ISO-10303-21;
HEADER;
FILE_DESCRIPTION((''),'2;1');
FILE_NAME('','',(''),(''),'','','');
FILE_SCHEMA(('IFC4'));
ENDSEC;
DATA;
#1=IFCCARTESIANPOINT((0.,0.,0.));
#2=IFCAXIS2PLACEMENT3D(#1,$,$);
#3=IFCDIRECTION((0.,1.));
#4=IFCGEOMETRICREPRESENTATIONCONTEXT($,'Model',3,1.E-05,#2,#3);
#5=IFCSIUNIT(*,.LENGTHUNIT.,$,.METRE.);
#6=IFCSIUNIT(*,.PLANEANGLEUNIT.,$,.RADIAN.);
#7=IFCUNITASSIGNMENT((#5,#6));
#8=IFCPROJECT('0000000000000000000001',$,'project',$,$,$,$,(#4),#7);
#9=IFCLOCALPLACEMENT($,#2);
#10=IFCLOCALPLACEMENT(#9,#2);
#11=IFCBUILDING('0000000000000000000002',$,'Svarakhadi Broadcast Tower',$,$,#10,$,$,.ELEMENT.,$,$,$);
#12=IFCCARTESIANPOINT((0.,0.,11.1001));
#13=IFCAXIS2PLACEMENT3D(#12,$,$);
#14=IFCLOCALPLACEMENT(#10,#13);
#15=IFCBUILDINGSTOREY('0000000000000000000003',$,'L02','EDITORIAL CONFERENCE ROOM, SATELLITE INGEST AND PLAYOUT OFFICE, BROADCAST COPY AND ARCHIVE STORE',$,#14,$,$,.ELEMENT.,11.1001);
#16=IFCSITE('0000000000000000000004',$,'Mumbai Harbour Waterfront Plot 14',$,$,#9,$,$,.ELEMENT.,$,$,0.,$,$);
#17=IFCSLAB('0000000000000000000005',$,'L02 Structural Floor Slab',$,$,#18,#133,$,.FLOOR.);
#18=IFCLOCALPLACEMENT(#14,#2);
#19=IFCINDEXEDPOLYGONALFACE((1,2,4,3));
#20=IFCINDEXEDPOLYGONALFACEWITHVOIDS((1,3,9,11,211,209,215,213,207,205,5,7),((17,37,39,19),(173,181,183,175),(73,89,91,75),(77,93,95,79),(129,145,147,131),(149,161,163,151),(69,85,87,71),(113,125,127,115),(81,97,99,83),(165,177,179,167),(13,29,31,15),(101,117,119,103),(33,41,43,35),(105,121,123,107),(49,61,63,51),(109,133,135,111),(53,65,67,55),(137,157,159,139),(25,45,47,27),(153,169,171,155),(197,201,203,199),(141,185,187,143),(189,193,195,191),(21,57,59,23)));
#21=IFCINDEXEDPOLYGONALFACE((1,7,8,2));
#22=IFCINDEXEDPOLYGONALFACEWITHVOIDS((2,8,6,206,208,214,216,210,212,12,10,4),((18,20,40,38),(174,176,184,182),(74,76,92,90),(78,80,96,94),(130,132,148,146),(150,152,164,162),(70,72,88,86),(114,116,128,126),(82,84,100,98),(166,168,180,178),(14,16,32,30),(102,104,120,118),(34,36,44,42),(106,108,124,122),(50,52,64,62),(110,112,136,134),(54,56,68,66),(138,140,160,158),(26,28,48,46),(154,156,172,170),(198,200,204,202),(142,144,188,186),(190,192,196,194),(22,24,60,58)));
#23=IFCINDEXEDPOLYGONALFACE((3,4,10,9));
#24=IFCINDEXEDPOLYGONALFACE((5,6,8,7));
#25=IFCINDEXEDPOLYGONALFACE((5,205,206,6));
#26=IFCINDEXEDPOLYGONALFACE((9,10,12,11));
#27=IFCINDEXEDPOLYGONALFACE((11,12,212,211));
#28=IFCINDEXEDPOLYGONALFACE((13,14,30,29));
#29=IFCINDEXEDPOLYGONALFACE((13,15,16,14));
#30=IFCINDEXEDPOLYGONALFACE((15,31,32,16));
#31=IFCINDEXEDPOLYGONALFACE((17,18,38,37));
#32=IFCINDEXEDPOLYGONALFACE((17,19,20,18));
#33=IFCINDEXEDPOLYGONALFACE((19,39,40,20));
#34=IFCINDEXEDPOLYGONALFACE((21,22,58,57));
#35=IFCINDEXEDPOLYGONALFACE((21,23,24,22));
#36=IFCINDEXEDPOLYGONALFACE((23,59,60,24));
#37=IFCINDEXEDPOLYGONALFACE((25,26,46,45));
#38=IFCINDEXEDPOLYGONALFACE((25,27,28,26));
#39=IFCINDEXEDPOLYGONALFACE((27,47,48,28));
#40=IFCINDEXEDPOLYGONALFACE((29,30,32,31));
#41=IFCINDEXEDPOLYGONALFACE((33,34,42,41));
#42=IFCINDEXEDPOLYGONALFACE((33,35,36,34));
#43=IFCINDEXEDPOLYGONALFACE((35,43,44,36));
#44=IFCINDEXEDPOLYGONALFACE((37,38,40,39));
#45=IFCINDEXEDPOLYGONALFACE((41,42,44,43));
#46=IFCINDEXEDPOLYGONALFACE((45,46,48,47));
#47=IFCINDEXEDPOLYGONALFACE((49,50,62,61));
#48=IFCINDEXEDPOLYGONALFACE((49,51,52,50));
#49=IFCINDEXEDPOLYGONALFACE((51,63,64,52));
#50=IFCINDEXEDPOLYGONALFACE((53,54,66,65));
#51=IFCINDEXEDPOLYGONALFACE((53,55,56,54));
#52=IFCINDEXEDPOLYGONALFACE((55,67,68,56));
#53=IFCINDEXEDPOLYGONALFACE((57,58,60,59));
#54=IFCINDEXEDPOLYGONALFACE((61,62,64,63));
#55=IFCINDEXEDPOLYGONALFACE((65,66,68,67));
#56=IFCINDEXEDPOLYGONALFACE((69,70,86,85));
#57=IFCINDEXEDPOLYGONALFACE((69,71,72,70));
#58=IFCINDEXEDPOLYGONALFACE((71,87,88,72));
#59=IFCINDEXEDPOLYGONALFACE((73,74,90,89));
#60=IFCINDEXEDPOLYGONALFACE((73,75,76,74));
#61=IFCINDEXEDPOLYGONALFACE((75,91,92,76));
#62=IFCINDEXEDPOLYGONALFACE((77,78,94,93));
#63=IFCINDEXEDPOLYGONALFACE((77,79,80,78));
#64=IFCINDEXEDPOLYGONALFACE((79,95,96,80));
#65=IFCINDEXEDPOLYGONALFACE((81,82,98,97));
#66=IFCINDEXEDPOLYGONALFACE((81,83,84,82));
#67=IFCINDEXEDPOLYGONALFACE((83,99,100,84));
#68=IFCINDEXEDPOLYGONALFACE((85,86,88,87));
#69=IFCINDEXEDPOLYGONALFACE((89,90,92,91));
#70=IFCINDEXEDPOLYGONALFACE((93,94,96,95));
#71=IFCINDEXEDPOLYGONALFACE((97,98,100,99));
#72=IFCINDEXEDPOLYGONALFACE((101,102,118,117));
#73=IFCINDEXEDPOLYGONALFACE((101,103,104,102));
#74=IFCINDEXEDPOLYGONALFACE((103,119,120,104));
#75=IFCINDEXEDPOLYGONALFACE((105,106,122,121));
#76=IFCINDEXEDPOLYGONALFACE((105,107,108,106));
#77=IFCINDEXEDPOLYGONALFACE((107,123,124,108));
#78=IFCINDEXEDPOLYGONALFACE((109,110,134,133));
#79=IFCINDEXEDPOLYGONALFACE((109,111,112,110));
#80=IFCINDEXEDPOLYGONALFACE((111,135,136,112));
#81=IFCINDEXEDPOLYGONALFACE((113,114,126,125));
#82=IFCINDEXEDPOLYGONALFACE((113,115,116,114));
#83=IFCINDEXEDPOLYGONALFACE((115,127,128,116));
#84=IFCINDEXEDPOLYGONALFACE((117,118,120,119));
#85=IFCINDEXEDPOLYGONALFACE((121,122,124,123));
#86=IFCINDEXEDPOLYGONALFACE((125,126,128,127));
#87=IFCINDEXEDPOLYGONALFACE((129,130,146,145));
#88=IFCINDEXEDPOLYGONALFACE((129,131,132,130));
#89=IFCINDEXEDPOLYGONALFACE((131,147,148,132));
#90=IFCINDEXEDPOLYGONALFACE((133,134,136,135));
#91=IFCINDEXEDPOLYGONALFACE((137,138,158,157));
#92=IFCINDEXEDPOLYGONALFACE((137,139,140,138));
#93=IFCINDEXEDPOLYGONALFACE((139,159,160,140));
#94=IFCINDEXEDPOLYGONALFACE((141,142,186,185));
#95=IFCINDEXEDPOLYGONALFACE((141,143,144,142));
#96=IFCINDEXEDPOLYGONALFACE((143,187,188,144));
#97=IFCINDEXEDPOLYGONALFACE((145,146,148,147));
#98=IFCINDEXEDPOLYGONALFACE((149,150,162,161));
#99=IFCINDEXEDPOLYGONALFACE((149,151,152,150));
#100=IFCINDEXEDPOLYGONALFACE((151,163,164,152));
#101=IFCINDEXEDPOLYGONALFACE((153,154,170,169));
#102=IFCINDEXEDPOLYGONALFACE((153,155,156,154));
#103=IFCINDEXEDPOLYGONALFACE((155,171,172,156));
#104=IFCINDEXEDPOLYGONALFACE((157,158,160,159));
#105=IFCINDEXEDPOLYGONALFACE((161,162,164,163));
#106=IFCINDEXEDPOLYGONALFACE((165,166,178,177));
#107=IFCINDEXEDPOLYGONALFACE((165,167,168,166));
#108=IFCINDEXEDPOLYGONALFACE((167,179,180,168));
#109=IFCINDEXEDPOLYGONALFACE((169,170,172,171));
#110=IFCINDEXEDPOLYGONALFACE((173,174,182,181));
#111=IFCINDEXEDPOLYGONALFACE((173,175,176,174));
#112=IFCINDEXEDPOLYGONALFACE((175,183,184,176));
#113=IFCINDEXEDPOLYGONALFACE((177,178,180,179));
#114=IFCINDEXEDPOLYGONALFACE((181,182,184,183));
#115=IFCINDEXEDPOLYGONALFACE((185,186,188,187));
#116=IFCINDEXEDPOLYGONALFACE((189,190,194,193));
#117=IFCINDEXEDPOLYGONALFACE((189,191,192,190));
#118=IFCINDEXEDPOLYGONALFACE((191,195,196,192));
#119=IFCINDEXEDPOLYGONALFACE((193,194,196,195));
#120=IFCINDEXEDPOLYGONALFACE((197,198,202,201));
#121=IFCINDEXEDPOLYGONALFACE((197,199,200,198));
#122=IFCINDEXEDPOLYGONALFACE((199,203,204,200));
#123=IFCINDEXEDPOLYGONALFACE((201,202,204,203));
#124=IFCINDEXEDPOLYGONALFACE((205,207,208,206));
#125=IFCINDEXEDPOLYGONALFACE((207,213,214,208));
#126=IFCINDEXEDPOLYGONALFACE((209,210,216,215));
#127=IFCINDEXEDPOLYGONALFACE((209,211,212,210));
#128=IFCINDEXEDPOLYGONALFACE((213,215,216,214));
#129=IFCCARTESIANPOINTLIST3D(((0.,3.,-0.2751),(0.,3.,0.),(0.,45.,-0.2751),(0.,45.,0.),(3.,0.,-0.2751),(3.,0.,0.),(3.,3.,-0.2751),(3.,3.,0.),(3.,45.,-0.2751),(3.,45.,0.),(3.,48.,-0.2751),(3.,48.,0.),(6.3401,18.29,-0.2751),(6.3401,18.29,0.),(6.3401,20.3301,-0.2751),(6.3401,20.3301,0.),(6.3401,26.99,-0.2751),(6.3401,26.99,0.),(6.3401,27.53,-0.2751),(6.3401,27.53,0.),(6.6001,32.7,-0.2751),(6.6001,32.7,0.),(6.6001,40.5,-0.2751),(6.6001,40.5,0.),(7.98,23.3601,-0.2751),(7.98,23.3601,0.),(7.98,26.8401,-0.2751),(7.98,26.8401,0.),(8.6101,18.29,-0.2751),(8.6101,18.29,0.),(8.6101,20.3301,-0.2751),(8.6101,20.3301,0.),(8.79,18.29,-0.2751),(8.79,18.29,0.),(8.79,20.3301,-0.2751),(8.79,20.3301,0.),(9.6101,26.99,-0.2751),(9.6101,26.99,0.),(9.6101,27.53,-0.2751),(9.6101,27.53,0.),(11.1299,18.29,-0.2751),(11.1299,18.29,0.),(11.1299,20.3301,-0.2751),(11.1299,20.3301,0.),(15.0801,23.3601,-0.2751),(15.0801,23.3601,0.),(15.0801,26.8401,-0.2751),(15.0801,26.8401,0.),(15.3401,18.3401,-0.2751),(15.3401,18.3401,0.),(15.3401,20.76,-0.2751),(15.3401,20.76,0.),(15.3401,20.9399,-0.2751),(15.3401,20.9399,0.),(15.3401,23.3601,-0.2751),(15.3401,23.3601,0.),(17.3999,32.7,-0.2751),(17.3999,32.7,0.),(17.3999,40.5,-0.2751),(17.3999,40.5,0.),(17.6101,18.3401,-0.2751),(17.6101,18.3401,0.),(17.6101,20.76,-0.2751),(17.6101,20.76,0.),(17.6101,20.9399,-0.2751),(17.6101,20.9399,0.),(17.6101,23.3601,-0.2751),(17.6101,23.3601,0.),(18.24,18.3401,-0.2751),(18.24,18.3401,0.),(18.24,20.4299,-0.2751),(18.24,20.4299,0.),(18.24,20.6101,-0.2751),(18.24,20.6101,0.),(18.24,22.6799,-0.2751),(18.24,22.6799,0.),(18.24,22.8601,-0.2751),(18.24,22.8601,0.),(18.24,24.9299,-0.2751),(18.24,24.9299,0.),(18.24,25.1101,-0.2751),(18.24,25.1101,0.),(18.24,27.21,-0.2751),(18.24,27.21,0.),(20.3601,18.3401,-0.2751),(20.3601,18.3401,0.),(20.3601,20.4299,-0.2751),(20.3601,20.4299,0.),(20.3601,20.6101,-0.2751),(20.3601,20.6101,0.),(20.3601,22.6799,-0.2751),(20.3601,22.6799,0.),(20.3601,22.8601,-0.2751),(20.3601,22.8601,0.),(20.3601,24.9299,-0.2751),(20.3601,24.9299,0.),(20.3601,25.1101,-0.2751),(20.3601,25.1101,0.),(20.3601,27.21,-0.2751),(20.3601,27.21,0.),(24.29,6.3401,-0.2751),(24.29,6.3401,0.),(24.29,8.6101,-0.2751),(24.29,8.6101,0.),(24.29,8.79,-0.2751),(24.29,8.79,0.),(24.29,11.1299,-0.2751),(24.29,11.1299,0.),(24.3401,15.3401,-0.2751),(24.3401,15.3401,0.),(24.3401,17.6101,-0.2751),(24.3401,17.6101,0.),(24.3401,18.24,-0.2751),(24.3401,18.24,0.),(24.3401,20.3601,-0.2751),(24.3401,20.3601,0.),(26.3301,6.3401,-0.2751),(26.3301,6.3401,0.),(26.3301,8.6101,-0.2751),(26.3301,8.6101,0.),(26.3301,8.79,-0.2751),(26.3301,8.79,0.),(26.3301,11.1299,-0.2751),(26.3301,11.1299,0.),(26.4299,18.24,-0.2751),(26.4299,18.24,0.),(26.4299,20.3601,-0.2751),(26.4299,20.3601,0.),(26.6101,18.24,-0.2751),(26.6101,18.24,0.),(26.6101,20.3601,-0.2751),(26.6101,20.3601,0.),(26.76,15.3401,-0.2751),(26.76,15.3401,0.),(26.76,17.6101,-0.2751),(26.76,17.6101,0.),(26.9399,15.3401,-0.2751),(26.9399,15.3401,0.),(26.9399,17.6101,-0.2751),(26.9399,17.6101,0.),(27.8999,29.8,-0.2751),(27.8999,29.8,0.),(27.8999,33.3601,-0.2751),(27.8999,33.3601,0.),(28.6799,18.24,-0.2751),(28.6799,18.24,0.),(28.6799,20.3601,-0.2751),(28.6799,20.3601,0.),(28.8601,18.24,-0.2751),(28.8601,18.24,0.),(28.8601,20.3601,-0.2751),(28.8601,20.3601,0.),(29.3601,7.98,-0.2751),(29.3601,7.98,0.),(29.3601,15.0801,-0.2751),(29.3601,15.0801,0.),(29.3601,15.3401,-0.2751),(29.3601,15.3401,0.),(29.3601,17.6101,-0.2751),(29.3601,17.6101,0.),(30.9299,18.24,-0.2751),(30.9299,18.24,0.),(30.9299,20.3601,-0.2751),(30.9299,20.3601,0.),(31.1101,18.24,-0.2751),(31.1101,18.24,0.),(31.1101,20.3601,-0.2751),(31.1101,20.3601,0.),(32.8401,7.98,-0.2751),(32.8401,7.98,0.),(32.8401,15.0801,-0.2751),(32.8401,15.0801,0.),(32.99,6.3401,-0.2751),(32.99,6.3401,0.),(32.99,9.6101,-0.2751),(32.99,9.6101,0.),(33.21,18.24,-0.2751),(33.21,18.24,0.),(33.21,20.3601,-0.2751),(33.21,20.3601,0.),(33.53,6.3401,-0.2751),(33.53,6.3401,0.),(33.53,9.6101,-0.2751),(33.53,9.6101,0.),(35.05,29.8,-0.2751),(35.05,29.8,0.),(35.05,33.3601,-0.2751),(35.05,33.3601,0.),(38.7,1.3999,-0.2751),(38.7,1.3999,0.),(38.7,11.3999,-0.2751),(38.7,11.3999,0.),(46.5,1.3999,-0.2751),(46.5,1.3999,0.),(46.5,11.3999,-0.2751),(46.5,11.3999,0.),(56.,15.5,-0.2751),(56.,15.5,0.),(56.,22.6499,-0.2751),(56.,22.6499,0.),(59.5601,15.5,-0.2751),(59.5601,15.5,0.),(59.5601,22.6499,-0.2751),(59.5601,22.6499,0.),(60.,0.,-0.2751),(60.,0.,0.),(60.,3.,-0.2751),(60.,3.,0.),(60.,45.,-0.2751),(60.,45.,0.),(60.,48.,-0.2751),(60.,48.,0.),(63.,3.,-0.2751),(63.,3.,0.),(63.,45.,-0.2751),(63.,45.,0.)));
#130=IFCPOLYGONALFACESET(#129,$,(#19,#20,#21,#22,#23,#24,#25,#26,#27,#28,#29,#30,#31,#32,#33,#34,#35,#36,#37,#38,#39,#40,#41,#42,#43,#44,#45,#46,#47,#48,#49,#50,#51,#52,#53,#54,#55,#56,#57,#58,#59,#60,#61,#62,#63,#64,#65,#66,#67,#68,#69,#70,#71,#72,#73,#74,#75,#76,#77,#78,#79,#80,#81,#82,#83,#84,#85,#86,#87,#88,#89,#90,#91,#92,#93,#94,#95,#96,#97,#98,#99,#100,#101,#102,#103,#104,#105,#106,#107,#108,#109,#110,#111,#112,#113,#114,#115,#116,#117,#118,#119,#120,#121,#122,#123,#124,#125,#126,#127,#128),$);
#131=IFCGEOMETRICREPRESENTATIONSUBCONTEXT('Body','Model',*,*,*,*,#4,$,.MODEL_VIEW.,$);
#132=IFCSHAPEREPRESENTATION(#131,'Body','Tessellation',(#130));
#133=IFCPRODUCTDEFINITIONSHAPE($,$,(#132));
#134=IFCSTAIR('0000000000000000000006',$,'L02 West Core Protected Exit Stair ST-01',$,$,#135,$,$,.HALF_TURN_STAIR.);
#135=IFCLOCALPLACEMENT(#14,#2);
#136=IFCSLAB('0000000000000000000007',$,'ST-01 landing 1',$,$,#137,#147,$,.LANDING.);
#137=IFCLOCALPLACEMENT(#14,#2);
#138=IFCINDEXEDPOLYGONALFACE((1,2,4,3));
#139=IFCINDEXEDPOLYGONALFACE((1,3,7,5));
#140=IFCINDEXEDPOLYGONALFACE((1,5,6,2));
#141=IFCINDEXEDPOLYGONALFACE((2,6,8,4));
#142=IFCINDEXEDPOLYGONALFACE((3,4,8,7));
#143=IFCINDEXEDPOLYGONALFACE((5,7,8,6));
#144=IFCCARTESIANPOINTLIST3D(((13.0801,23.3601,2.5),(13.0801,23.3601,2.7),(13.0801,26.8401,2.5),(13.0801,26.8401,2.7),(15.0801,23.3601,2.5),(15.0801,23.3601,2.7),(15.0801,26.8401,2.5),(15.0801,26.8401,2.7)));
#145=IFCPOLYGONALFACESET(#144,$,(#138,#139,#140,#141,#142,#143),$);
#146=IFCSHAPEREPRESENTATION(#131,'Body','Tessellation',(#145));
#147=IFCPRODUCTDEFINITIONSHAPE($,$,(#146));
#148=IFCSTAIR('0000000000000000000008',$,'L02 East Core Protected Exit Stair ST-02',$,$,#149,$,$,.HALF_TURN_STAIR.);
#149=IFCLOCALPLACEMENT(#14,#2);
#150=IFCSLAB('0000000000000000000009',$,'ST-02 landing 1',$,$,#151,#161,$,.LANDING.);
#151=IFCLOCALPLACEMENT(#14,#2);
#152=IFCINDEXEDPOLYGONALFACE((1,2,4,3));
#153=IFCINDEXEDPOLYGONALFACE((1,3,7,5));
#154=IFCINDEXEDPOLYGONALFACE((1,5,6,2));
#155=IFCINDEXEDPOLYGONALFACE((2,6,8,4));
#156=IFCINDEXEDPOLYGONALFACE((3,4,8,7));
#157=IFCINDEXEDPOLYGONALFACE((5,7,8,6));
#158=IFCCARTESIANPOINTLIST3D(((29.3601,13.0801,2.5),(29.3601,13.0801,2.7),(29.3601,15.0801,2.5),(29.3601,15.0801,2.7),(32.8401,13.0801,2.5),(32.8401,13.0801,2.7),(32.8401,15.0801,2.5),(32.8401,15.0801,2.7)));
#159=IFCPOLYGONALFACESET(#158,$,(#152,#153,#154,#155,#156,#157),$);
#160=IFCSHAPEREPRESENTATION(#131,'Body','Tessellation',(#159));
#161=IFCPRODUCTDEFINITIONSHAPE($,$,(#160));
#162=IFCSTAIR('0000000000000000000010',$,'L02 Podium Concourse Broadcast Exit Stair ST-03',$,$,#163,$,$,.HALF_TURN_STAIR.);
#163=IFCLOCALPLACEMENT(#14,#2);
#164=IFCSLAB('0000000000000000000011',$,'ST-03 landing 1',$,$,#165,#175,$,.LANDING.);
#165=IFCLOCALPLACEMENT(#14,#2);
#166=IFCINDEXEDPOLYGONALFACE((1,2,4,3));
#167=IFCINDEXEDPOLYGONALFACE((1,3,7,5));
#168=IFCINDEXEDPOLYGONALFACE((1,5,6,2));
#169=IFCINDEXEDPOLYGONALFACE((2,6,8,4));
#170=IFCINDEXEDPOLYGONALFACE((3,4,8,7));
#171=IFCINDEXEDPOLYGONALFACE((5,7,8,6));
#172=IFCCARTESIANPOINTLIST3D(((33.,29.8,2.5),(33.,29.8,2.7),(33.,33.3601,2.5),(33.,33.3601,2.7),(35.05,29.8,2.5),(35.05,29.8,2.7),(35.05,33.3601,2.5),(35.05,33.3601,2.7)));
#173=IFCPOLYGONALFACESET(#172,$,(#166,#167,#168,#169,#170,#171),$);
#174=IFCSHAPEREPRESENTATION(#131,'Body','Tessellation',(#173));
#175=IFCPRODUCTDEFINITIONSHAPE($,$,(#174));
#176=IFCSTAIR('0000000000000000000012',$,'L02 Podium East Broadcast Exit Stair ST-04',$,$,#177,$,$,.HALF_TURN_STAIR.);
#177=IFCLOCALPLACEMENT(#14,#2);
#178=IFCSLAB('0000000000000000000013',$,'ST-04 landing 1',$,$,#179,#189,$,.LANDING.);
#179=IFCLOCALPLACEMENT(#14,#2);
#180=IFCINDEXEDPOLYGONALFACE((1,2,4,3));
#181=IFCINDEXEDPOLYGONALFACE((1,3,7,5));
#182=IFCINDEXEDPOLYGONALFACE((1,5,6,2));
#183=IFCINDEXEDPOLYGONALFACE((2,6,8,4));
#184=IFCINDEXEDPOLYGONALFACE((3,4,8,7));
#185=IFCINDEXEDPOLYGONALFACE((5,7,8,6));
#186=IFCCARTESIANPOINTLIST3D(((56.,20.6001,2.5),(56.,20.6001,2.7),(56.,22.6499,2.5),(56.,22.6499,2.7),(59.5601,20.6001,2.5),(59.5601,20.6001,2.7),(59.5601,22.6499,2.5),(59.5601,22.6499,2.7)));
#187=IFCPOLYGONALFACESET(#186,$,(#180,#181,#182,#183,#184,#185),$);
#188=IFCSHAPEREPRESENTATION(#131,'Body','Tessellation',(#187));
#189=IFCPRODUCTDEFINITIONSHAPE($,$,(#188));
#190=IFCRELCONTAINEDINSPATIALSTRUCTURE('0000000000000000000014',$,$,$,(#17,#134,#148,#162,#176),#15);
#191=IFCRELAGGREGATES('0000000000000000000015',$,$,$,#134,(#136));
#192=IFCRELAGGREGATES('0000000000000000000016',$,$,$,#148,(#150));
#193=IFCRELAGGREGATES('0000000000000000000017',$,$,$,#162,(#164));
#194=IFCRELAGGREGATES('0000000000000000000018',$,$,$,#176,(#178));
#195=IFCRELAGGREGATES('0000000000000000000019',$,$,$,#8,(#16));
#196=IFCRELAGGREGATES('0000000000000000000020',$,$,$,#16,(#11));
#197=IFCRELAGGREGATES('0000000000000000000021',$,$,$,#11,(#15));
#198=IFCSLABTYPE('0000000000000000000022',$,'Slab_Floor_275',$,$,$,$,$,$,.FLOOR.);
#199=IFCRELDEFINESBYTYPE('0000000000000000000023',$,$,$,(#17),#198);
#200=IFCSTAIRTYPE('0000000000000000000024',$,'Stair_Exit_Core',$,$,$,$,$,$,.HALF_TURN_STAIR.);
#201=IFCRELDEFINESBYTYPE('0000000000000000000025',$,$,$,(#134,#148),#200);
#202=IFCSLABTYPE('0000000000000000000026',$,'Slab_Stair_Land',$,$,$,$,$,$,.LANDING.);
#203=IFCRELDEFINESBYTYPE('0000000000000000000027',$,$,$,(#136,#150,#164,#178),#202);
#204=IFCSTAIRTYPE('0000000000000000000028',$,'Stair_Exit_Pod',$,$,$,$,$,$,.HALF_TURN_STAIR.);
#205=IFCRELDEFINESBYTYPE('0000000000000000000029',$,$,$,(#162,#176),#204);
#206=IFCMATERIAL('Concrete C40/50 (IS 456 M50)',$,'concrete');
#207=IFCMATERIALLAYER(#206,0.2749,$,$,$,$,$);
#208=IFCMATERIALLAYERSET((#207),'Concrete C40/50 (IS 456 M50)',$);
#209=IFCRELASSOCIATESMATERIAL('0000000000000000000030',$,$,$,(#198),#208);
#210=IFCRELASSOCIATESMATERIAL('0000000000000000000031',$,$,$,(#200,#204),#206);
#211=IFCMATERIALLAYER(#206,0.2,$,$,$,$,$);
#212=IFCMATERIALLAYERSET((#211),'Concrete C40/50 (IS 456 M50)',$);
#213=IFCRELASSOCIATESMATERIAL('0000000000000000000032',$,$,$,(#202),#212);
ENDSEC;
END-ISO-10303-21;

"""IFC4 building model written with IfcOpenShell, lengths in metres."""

from ifc_helpers import new_model, si_unit, direction, frame, origin, place, context, subcontext, project, spatial, polyline, outline, extrude, material, layer, layer_set, type_object, element, aggregate, save


model = new_model("IFC4")

# Units and contexts
model_context = context("Model", 3, precision=1e-05, world=origin(), true_north=direction((0.0, 1.0)))
body_context = subcontext(model_context, "Body", "Model", "MODEL_VIEW")
ifc_project = project(units=[si_unit("LENGTHUNIT", "METRE"), si_unit("PLANEANGLEUNIT", "RADIAN")], contexts=[model_context])

# Site, building, storey
site_placement = place(None, origin())
site = spatial("IfcSite", under=ifc_project, at=site_placement, Name="Mumbai Harbour Waterfront Plot 14", CompositionType="ELEMENT", RefElevation=0.0)
building_placement = place(site_placement, origin())
building = spatial("IfcBuilding", under=site, at=building_placement, Name="Svarakhadi Broadcast Tower", CompositionType="ELEMENT")
storey_placement = place(building_placement, frame((0.0, 0.0, 11.1001)))
storey = spatial("IfcBuildingStorey", under=building, at=storey_placement, Name="L02", Description="EDITORIAL CONFERENCE ROOM, SATELLITE INGEST AND PLAYOUT OFFICE, BROADCAST COPY AND ARCHIVE STORE", CompositionType="ELEMENT", Elevation=11.1001)

# Slab
ifc_material_1 = material(Name="Concrete C40/50 (IS 456 M50)", Category="concrete")
ifc_layer_1 = layer(ifc_material_1, 0.2749)
ifc_layer_set_1 = layer_set([ifc_layer_1], Name="Concrete C40/50 (IS 456 M50)")
slab_type_1 = type_object("IfcSlabType", Name="Slab_Floor_275", PredefinedType="FLOOR", material=ifc_layer_set_1)
slab_1_placement = place(storey_placement, frame((0.0, 0.0, -0.2751)))
element("IfcSlab", 1, at=slab_1_placement, inside=storey, type_object=slab_type_1, Name="L02 Structural Floor Slab", PredefinedType="FLOOR", context=body_context, shape_type="SweptSolid", body=[
    extrude(outline(polyline([(3.0, 0.0), (60.0, 0.0), (60.0, 3.0), (63.0, 3.0), (63.0, 45.0), (60.0, 45.0), (60.0, 48.0), (3.0, 48.0), (3.0, 45.0), (0.0, 45.0), (0.0, 3.0), (3.0, 3.0), (3.0, 0.0)]), holes=[polyline([(7.98, 23.3601), (15.0801, 23.3601), (15.0801, 26.8401), (7.98, 26.8401), (7.98, 23.3601)]), polyline([(32.8401, 7.98), (32.8401, 15.0801), (29.3601, 15.0801), (29.3601, 7.98), (32.8401, 7.98)]), polyline([(27.8999, 29.8), (35.05, 29.8), (35.05, 33.3601), (27.8999, 33.3601), (27.8999, 29.8)]), polyline([(59.5601, 15.5), (59.5601, 22.6499), (56.0, 22.6499), (56.0, 15.5), (59.5601, 15.5)]), polyline([(6.3401, 18.29), (8.6101, 18.29), (8.6101, 20.3301), (6.3401, 20.3301), (6.3401, 18.29)]), polyline([(8.79, 18.29), (11.1299, 18.29), (11.1299, 20.3301), (8.79, 20.3301), (8.79, 18.29)]), polyline([(24.29, 6.3401), (26.3301, 6.3401), (26.3301, 8.6101), (24.29, 8.6101), (24.29, 6.3401)]), polyline([(24.29, 8.79), (26.3301, 8.79), (26.3301, 11.1299), (24.29, 11.1299), (24.29, 8.79)]), polyline([(6.3401, 26.99), (9.6101, 26.99), (9.6101, 27.53), (6.3401, 27.53), (6.3401, 26.99)]), polyline([(32.99, 6.3401), (33.53, 6.3401), (33.53, 9.6101), (32.99, 9.6101), (32.99, 6.3401)]), polyline([(15.3401, 18.3401), (17.6101, 18.3401), (17.6101, 20.76), (15.3401, 20.76), (15.3401, 18.3401)]), polyline([(15.3401, 20.9399), (17.6101, 20.9399), (17.6101, 23.3601), (15.3401, 23.3601), (15.3401, 20.9399)]), polyline([(24.3401, 15.3401), (26.76, 15.3401), (26.76, 17.6101), (24.3401, 17.6101), (24.3401, 15.3401)]), polyline([(26.9399, 15.3401), (29.3601, 15.3401), (29.3601, 17.6101), (26.9399, 17.6101), (26.9399, 15.3401)]), polyline([(18.24, 18.3401), (20.3601, 18.3401), (20.3601, 20.4299), (18.24, 20.4299), (18.24, 18.3401)]), polyline([(18.24, 20.6101), (20.3601, 20.6101), (20.3601, 22.6799), (18.24, 22.6799), (18.24, 20.6101)]), polyline([(18.24, 22.8601), (20.3601, 22.8601), (20.3601, 24.9299), (18.24, 24.9299), (18.24, 22.8601)]), polyline([(18.24, 25.1101), (20.3601, 25.1101), (20.3601, 27.21), (18.24, 27.21), (18.24, 25.1101)]), polyline([(24.3401, 18.24), (26.4299, 18.24), (26.4299, 20.3601), (24.3401, 20.3601), (24.3401, 18.24)]), polyline([(26.6101, 18.24), (28.6799, 18.24), (28.6799, 20.3601), (26.6101, 20.3601), (26.6101, 18.24)]), polyline([(28.8601, 18.24), (30.9299, 18.24), (30.9299, 20.3601), (28.8601, 20.3601), (28.8601, 18.24)]), polyline([(31.1101, 18.24), (33.21, 18.24), (33.21, 20.3601), (31.1101, 20.3601), (31.1101, 18.24)]), polyline([(38.7, 1.3999), (46.5, 1.3999), (46.5, 11.3999), (38.7, 11.3999), (38.7, 1.3999)]), polyline([(6.6001, 32.7), (17.3999, 32.7), (17.3999, 40.5), (6.6001, 40.5), (6.6001, 32.7)])]), origin(), (0.0, 0.0, 1.0), 0.2751),
])

# Stairs, slabs
stair_type_1 = type_object("IfcStairType", Name="Stair_Exit_Core", PredefinedType="HALF_TURN_STAIR", material=ifc_material_1)
stair_1_placement = place(storey_placement, origin())
stair_1 = element("IfcStair", 2, at=stair_1_placement, inside=storey, type_object=stair_type_1, Name="L02 West Core Protected Exit Stair ST-01", PredefinedType="HALF_TURN_STAIR")
ifc_layer_2 = layer(ifc_material_1, 0.2)
ifc_layer_set_2 = layer_set([ifc_layer_2], Name="Concrete C40/50 (IS 456 M50)")
slab_type_2 = type_object("IfcSlabType", Name="Slab_Stair_Land", PredefinedType="LANDING", material=ifc_layer_set_2)
slab_2_placement = place(storey_placement, frame((0.0, 0.0, 2.5)))
slab_2 = element("IfcSlab", 3, at=slab_2_placement, type_object=slab_type_2, Name="ST-01 landing 1", PredefinedType="LANDING", context=body_context, shape_type="SweptSolid", body=[
    extrude(outline(polyline([(13.0801, 23.3601), (15.0801, 23.3601), (15.0801, 26.8401), (13.0801, 26.8401), (13.0801, 23.3601)])), origin(), (0.0, 0.0, 1.0), 0.2),
])
aggregate(stair_1, [slab_2])
stair_2_placement = place(storey_placement, origin())
stair_2 = element("IfcStair", 4, at=stair_2_placement, inside=storey, type_object=stair_type_1, Name="L02 East Core Protected Exit Stair ST-02", PredefinedType="HALF_TURN_STAIR")
slab_3_placement = place(storey_placement, frame((0.0, 0.0, 2.5)))
slab_3 = element("IfcSlab", 5, at=slab_3_placement, type_object=slab_type_2, Name="ST-02 landing 1", PredefinedType="LANDING", context=body_context, shape_type="SweptSolid", body=[
    extrude(outline(polyline([(32.8401, 13.0801), (32.8401, 15.0801), (29.3601, 15.0801), (29.3601, 13.0801), (32.8401, 13.0801)])), origin(), (0.0, 0.0, 1.0), 0.2),
])
aggregate(stair_2, [slab_3])
stair_type_2 = type_object("IfcStairType", Name="Stair_Exit_Pod", PredefinedType="HALF_TURN_STAIR", material=ifc_material_1)
stair_3_placement = place(storey_placement, origin())
stair_3 = element("IfcStair", 6, at=stair_3_placement, inside=storey, type_object=stair_type_2, Name="L02 Podium Concourse Broadcast Exit Stair ST-03", PredefinedType="HALF_TURN_STAIR")
slab_4_placement = place(storey_placement, frame((0.0, 0.0, 2.5)))
slab_4 = element("IfcSlab", 7, at=slab_4_placement, type_object=slab_type_2, Name="ST-03 landing 1", PredefinedType="LANDING", context=body_context, shape_type="SweptSolid", body=[
    extrude(outline(polyline([(33.0, 29.8), (35.05, 29.8), (35.05, 33.3601), (33.0, 33.3601), (33.0, 29.8)])), origin(), (0.0, 0.0, 1.0), 0.2),
])
aggregate(stair_3, [slab_4])
stair_4_placement = place(storey_placement, origin())
stair_4 = element("IfcStair", 8, at=stair_4_placement, inside=storey, type_object=stair_type_2, Name="L02 Podium East Broadcast Exit Stair ST-04", PredefinedType="HALF_TURN_STAIR")
slab_5_placement = place(storey_placement, frame((0.0, 0.0, 2.5)))
slab_5 = element("IfcSlab", 9, at=slab_5_placement, type_object=slab_type_2, Name="ST-04 landing 1", PredefinedType="LANDING", context=body_context, shape_type="SweptSolid", body=[
    extrude(outline(polyline([(59.5601, 20.6001), (59.5601, 22.6499), (56.0, 22.6499), (56.0, 20.6001), (59.5601, 20.6001)])), origin(), (0.0, 0.0, 1.0), 0.2),
])
aggregate(stair_4, [slab_5])

save(model, "model.ifc")
